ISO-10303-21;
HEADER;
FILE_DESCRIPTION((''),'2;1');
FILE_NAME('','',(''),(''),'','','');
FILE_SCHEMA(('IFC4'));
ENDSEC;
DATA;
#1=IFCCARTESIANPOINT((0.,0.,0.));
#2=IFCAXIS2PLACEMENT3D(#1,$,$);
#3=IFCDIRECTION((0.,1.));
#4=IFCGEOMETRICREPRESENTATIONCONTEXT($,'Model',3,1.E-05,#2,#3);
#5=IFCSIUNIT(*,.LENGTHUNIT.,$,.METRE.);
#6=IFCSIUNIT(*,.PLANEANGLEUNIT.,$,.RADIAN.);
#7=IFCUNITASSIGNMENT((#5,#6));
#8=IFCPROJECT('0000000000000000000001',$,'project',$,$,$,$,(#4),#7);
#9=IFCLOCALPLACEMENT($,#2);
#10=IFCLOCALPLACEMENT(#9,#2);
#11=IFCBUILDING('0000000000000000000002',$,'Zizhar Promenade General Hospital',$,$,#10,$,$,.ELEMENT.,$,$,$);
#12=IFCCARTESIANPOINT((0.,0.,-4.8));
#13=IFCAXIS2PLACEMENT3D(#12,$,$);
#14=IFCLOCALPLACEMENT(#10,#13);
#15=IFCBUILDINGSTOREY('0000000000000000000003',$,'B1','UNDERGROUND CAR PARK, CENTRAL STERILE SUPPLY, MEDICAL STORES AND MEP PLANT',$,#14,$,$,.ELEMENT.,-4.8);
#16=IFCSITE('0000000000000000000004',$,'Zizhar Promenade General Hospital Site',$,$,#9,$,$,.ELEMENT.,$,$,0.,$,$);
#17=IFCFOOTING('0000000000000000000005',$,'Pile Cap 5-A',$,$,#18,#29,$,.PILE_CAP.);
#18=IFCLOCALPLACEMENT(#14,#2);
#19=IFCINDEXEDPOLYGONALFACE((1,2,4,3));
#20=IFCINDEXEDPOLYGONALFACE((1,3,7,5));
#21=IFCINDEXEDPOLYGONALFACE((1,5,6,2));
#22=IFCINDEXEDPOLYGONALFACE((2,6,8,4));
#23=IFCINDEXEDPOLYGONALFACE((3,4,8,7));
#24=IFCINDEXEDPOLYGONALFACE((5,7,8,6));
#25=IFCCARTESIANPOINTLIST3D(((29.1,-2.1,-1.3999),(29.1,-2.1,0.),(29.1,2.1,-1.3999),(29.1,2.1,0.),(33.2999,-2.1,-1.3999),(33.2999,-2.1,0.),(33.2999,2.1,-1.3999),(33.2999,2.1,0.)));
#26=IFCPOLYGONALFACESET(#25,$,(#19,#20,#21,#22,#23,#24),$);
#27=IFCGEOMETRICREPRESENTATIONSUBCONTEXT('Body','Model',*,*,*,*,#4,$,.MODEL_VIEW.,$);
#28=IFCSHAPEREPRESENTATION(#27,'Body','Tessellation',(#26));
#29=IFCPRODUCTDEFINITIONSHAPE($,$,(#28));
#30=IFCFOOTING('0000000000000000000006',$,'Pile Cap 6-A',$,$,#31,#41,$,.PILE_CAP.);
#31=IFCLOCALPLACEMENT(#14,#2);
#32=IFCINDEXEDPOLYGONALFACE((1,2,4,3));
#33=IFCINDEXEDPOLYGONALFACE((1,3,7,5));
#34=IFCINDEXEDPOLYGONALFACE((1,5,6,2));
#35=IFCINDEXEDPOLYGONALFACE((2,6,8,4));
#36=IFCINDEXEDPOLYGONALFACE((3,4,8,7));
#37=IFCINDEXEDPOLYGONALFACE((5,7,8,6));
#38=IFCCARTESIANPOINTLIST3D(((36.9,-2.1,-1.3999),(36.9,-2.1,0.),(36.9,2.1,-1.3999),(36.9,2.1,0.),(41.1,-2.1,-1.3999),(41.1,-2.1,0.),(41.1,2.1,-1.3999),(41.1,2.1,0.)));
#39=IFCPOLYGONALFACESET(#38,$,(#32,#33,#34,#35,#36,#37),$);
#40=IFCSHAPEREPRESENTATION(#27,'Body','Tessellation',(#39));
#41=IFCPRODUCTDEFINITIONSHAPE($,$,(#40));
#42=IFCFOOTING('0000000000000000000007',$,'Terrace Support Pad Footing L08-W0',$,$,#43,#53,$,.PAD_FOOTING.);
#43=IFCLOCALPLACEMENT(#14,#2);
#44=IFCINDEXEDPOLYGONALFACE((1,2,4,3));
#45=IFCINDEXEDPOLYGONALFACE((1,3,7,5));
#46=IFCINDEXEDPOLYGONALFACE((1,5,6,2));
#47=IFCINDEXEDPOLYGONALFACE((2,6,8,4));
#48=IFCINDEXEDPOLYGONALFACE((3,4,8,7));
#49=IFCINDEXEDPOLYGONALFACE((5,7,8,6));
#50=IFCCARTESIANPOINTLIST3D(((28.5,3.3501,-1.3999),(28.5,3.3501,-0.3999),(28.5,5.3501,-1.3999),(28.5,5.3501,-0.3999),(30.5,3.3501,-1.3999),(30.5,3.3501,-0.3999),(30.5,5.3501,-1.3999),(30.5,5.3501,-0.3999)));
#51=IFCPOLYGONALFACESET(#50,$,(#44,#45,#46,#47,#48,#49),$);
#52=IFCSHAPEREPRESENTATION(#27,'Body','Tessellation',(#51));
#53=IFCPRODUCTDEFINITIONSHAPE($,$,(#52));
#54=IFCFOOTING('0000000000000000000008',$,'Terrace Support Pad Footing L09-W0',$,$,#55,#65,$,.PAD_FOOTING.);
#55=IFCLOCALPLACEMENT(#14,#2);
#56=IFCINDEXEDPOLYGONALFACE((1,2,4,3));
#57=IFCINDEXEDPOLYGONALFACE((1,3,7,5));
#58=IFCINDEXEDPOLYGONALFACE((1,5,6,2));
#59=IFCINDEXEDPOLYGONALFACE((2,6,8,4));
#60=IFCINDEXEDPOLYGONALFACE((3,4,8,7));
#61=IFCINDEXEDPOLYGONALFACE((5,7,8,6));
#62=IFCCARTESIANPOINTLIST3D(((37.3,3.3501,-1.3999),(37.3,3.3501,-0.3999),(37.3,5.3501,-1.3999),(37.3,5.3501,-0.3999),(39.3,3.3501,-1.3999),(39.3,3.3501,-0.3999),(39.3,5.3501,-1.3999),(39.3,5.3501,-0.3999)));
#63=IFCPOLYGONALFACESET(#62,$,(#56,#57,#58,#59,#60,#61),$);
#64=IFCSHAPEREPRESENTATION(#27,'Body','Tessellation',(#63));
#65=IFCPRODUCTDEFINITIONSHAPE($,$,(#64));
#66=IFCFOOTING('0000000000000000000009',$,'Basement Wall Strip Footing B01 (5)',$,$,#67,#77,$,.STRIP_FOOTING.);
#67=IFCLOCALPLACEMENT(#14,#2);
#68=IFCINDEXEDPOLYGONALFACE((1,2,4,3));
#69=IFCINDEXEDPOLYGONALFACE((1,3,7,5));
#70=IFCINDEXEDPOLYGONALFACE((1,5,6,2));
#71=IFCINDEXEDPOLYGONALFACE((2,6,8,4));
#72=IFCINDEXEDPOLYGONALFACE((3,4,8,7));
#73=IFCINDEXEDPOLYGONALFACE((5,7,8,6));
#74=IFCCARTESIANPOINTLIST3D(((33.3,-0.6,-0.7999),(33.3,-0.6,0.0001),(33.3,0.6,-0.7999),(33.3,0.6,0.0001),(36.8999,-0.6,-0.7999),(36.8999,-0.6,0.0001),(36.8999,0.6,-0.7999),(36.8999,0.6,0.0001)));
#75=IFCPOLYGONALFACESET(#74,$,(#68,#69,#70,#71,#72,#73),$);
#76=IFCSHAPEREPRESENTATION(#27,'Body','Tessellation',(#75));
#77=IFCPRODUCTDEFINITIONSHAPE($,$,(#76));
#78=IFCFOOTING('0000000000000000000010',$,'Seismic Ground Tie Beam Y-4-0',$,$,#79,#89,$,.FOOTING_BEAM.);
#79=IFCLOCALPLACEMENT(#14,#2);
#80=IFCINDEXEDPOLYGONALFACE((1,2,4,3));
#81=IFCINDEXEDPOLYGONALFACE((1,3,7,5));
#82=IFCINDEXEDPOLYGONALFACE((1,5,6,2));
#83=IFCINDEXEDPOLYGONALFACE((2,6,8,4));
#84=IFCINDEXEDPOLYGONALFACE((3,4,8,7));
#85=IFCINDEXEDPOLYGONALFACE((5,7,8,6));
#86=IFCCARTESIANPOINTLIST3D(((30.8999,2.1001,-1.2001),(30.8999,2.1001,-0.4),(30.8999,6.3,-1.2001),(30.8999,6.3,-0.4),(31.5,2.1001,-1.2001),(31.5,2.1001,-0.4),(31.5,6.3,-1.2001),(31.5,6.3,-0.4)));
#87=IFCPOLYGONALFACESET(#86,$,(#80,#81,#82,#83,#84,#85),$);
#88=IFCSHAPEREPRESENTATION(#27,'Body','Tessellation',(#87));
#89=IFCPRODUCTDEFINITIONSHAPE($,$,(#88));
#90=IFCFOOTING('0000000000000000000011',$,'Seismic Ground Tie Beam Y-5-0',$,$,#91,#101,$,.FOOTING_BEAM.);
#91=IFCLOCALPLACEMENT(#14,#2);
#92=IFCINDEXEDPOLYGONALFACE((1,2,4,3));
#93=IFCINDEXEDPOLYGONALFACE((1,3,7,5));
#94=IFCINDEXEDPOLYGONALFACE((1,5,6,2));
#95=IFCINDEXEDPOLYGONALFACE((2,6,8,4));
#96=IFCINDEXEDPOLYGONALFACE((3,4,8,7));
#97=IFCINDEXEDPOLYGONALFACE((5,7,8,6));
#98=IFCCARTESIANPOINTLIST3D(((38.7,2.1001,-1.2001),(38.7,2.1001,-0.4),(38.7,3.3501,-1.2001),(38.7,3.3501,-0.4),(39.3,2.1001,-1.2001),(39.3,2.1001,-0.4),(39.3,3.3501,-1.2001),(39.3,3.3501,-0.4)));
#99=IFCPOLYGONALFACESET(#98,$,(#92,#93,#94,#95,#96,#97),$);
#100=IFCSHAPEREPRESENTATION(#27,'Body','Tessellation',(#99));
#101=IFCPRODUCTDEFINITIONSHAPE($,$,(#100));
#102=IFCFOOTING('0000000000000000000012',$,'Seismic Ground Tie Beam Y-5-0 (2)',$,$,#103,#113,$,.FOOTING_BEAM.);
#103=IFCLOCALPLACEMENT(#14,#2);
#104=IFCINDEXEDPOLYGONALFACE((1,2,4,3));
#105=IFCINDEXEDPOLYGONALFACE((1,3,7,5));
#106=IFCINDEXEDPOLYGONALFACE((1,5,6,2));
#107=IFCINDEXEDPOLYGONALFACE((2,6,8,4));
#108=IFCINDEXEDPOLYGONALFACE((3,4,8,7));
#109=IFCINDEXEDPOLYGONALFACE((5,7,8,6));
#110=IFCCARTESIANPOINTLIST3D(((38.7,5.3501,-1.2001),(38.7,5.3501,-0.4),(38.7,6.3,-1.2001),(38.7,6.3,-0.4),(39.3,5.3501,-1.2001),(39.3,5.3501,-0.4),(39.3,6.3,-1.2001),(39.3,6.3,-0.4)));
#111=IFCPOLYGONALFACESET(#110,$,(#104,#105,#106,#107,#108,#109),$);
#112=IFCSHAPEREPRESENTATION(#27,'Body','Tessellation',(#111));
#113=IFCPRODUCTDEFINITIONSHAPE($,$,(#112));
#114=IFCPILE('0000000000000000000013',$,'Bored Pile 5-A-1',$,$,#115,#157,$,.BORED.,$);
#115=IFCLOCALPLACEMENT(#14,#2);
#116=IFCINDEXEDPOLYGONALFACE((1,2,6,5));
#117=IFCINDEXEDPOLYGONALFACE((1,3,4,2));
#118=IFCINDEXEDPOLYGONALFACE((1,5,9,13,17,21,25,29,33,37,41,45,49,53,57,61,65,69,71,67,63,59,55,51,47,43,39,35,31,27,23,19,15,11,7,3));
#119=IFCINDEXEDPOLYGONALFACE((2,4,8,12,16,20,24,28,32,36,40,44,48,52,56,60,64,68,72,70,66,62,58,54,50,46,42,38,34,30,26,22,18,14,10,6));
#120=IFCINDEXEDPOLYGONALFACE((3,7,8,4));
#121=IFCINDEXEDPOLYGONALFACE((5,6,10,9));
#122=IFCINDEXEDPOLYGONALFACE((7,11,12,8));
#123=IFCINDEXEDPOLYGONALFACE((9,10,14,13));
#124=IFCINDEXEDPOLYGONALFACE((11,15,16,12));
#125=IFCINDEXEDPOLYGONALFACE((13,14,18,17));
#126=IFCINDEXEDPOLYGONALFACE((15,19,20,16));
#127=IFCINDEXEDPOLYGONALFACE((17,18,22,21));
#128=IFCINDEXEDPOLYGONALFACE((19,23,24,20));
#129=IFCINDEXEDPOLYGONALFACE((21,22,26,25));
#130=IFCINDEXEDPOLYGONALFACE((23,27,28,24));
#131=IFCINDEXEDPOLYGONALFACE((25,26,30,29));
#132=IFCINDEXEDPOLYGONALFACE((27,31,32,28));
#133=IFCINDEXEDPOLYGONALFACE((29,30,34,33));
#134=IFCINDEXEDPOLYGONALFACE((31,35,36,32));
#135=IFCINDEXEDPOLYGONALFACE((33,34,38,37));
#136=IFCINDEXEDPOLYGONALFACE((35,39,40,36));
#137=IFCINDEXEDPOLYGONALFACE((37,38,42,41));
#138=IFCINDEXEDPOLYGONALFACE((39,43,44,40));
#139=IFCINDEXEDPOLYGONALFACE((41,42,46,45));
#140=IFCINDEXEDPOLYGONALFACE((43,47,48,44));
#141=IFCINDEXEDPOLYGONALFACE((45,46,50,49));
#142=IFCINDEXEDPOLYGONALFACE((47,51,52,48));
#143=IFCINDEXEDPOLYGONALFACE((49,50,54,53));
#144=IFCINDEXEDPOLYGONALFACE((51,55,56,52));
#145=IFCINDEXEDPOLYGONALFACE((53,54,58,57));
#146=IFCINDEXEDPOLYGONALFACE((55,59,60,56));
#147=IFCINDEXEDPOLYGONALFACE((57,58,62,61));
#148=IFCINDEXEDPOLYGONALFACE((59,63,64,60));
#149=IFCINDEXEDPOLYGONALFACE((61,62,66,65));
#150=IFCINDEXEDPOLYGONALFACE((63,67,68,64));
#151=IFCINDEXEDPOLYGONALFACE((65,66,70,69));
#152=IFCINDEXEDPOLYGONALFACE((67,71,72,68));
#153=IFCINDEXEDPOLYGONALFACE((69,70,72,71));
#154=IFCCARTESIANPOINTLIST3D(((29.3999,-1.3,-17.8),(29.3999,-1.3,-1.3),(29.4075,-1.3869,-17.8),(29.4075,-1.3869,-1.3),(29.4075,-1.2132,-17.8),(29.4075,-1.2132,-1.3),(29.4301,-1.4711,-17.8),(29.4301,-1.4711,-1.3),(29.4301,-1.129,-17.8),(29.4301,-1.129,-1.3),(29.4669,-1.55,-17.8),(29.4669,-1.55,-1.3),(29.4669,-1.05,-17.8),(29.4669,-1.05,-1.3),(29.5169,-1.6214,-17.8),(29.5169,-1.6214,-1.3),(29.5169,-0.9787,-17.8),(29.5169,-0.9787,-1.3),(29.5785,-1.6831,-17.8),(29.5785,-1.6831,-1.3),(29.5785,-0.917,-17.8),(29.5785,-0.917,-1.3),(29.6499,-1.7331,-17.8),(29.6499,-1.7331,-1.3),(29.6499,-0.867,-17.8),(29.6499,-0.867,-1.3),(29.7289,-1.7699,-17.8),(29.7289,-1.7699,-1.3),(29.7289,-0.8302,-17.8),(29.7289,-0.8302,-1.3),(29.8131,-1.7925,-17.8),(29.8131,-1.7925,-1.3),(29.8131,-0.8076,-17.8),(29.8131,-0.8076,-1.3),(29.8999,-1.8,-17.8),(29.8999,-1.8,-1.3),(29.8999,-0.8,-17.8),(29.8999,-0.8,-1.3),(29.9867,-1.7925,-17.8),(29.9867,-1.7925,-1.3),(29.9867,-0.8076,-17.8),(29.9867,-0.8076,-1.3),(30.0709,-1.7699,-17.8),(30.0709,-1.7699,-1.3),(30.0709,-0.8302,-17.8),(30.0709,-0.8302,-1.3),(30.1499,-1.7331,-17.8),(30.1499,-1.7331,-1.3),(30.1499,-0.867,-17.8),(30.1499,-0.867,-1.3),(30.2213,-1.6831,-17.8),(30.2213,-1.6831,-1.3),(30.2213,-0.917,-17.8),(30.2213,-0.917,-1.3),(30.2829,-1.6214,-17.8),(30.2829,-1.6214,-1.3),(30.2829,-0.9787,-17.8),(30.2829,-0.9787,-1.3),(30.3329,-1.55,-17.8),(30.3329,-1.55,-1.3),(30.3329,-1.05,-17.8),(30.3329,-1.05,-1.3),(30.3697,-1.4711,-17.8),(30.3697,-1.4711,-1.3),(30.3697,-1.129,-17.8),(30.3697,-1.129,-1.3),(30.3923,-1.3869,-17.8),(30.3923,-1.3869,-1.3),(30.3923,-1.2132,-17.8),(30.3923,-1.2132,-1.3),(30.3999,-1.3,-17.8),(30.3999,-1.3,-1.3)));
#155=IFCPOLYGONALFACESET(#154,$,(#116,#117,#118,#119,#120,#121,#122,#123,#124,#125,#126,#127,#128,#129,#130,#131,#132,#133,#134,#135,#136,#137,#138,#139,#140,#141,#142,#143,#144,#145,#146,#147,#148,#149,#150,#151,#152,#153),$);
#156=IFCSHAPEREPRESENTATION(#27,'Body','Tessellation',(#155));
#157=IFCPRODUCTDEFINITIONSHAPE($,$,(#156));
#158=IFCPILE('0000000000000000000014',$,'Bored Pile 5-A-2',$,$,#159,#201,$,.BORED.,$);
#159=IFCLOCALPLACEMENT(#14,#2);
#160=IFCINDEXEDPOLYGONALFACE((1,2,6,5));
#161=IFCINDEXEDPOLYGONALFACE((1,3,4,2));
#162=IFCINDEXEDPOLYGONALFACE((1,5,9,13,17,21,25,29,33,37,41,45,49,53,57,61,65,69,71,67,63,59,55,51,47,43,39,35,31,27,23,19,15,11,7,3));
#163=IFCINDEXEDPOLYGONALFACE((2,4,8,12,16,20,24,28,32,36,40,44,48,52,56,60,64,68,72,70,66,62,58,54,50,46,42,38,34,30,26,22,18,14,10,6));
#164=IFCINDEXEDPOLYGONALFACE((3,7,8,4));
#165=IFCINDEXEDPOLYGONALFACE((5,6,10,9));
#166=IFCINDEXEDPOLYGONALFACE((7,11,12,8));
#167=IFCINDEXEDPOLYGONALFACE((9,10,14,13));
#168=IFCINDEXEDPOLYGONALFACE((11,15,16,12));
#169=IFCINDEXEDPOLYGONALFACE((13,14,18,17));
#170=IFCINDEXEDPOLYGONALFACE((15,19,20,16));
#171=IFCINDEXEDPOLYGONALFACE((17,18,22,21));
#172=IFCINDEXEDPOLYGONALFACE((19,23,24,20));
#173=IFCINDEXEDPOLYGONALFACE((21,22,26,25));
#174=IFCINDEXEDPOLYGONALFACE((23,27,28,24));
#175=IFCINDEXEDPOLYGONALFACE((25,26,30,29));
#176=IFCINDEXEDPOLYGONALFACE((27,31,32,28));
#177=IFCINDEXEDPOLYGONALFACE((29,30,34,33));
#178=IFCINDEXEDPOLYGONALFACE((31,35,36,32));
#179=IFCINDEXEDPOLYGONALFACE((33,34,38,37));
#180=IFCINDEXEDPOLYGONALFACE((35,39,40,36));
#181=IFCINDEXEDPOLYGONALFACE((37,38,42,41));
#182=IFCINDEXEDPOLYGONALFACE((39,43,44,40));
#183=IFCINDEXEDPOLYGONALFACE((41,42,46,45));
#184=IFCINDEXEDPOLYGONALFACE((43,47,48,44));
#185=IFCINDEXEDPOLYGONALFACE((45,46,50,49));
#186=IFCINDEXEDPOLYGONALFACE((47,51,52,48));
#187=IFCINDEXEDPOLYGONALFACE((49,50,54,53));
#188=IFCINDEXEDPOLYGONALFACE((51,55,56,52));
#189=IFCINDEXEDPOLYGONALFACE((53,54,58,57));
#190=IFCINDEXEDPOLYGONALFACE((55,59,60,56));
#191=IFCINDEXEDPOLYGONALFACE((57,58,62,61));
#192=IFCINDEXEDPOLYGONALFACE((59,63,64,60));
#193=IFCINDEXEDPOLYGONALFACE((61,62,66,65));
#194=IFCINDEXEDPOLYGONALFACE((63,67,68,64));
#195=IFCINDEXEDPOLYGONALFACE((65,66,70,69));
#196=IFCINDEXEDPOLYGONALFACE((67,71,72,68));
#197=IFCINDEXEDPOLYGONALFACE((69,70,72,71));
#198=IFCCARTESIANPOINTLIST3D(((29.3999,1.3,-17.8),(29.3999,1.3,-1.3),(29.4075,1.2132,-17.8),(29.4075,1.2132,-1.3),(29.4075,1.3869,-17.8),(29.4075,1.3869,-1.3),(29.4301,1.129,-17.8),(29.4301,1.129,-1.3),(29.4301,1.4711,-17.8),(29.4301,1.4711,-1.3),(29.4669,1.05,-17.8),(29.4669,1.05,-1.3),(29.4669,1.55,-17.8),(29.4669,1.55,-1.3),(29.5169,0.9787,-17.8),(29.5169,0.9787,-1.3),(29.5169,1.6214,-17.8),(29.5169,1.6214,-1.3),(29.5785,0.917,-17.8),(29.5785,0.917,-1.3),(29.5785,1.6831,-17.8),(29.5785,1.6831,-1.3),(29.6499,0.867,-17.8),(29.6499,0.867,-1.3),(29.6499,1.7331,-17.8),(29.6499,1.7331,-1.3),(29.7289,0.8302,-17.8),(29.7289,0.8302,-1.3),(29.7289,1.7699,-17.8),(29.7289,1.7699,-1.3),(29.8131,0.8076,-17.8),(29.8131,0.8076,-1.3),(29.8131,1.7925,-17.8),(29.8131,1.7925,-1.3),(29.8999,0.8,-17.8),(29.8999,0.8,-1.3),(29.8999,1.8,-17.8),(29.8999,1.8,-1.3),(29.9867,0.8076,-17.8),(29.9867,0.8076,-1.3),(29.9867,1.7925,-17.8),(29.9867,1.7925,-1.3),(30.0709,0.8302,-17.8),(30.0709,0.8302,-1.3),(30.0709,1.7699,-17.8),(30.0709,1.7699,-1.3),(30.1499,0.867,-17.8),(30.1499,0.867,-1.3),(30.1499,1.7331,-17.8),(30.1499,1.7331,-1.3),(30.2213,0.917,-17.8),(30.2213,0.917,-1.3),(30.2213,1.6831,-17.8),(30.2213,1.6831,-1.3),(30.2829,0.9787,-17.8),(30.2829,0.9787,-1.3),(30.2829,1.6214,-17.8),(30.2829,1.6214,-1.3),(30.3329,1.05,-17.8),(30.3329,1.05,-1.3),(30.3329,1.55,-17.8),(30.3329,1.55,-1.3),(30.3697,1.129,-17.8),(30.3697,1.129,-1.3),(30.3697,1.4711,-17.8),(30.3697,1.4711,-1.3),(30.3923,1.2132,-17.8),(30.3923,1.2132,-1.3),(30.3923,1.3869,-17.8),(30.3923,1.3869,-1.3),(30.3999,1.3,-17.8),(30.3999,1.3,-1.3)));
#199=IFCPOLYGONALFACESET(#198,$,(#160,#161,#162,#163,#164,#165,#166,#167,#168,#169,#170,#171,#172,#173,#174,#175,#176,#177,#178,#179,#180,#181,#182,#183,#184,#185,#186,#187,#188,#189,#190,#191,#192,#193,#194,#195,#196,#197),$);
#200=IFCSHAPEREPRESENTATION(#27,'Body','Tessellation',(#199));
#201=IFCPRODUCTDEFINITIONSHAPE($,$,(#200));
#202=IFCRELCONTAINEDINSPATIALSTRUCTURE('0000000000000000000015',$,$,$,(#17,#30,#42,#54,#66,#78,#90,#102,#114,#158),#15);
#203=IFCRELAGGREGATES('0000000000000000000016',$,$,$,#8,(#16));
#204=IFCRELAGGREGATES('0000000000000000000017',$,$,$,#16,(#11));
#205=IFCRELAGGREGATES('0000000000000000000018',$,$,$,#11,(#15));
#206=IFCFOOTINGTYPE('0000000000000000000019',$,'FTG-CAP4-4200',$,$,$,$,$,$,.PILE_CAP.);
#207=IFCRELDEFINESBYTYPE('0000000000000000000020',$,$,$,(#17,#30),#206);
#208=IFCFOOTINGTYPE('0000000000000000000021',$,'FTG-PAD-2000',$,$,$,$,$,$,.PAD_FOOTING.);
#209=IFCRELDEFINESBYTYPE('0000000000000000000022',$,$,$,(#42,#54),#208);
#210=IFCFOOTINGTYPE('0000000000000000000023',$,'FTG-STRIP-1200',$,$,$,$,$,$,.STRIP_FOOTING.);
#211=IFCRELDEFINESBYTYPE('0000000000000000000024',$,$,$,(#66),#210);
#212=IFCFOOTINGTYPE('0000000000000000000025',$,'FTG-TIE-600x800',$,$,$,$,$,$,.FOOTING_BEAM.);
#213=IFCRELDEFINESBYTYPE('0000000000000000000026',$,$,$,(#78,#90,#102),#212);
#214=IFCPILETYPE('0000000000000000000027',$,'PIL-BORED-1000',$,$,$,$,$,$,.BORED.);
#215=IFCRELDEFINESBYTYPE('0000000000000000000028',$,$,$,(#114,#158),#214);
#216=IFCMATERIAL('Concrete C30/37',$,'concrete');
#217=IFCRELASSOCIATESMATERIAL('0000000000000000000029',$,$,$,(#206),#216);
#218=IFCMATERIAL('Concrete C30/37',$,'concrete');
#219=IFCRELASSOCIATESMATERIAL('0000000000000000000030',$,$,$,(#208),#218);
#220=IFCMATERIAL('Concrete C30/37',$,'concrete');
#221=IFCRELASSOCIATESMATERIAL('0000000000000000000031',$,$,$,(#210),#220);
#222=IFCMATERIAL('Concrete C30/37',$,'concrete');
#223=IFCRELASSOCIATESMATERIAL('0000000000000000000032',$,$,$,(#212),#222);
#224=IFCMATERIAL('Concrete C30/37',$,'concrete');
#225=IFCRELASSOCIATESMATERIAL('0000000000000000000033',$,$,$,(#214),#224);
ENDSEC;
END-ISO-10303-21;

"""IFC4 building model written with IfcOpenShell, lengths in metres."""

from ifc_helpers import new_model, si_unit, direction, frame, origin, origin_2d, place, context, subcontext, project, spatial, rectangle, circle, extrude, material, material_profile, profile_set, type_object, element, save


model = new_model("IFC4")

# Units and contexts
model_context = context("Model", 3, precision=1e-05, world=origin(), true_north=direction((0.0, 1.0)))
body_context = subcontext(model_context, "Body", "Model", "MODEL_VIEW")
ifc_project = project(units=[si_unit("LENGTHUNIT", "METRE"), si_unit("PLANEANGLEUNIT", "RADIAN")], contexts=[model_context])

# Site, building, storey
site_placement = place(None, origin())
site = spatial("IfcSite", under=ifc_project, at=site_placement, Name="Zizhar Promenade General Hospital Site", CompositionType="ELEMENT", RefElevation=0.0)
building_placement = place(site_placement, origin())
building = spatial("IfcBuilding", under=site, at=building_placement, Name="Zizhar Promenade General Hospital", CompositionType="ELEMENT")
storey_placement = place(building_placement, frame((0.0, 0.0, -4.8)))
storey = spatial("IfcBuildingStorey", under=building, at=storey_placement, Name="B1", Description="UNDERGROUND CAR PARK, CENTRAL STERILE SUPPLY, MEDICAL STORES AND MEP PLANT", CompositionType="ELEMENT", Elevation=-4.8)

# Footings
ifc_material_1 = material(Name="Concrete C30/37", Category="concrete")
footing_type_1 = type_object("IfcFootingType", Name="FTG-CAP4-4200", PredefinedType="PILE_CAP", material=ifc_material_1)
for number, where, z_axis, x_axis, name in (
    (1, (31.2, 0.0, -1.3999), (0.0, 0.0, 1.0), (1.0, 0.0, 0.0), "Pile Cap 5-A"),
    (2, (39.0, 0.0, -1.3999), (0.0, 0.0, 1.0), (1.0, 0.0, 0.0), "Pile Cap 6-A"),
):
    element("IfcFooting", number, at=place(storey_placement, frame(where, z_axis=z_axis, x_axis=x_axis)), inside=storey, type_object=footing_type_1, Name=name, PredefinedType="PILE_CAP", context=body_context, shape_type="SweptSolid", body=[
        extrude(rectangle(XDim=4.2, YDim=4.2, at=origin_2d()), origin(), (0.0, 0.0, 1.0), 1.3999),
    ])
ifc_material_2 = material(Name="Concrete C30/37", Category="concrete")
footing_type_2 = type_object("IfcFootingType", Name="FTG-PAD-2000", PredefinedType="PAD_FOOTING", material=ifc_material_2)
for number, where, z_axis, x_axis, name in (
    (3, (29.5, 4.3501, -1.3999), (0.0, 0.0, 1.0), (1.0, 0.0, 0.0), "Terrace Support Pad Footing L08-W0"),
    (4, (38.3, 4.3501, -1.3999), (0.0, 0.0, 1.0), (1.0, 0.0, 0.0), "Terrace Support Pad Footing L09-W0"),
):
    element("IfcFooting", number, at=place(storey_placement, frame(where, z_axis=z_axis, x_axis=x_axis)), inside=storey, type_object=footing_type_2, Name=name, PredefinedType="PAD_FOOTING", context=body_context, shape_type="SweptSolid", body=[
        extrude(rectangle(XDim=2.0, YDim=2.0, at=origin_2d()), origin(), (0.0, 0.0, 1.0), 1.0),
    ])
ifc_material_3 = material(Name="Concrete C30/37", Category="concrete")
ifc_material_profile_1 = material_profile(ifc_material_3, rectangle(XDim=1.2, YDim=0.8, at=origin_2d()))
ifc_profile_set_1 = profile_set([ifc_material_profile_1], Name="Concrete C30/37")
footing_type_3 = type_object("IfcFootingType", Name="FTG-STRIP-1200", PredefinedType="STRIP_FOOTING", material=ifc_profile_set_1)
footing_1_placement = place(storey_placement, frame((33.3, 0.0, -0.3999), z_axis=(1.0, 0.0, 0.0), x_axis=(0.0, 1.0, 0.0)))
element("IfcFooting", 5, at=footing_1_placement, inside=storey, type_object=footing_type_3, Name="Basement Wall Strip Footing B01 (5)", PredefinedType="STRIP_FOOTING", context=body_context, shape_type="SweptSolid", body=[
    extrude(rectangle(XDim=1.2, YDim=0.8, at=origin_2d()), origin(), (0.0, 0.0, 1.0), 3.5999),
])
ifc_material_4 = material(Name="Concrete C30/37", Category="concrete")
ifc_material_profile_2 = material_profile(ifc_material_4, rectangle(XDim=0.6001, YDim=0.8, at=origin_2d()))
ifc_profile_set_2 = profile_set([ifc_material_profile_2], Name="Concrete C30/37")
footing_type_4 = type_object("IfcFootingType", Name="FTG-TIE-600x800", PredefinedType="FOOTING_BEAM", material=ifc_profile_set_2)
footing_2_placement = place(storey_placement, frame((31.2, 2.1001, -0.8), z_axis=(0.0, 1.0, 0.0), x_axis=(-1.0, 0.0, 0.0)))
element("IfcFooting", 6, at=footing_2_placement, inside=storey, type_object=footing_type_4, Name="Seismic Ground Tie Beam Y-4-0", PredefinedType="FOOTING_BEAM", context=body_context, shape_type="SweptSolid", body=[
    extrude(rectangle(XDim=0.6001, YDim=0.8, at=origin_2d()), origin(), (0.0, 0.0, 1.0), 4.2),
])
footing_3_placement = place(storey_placement, frame((39.0, 2.1001, -0.8), z_axis=(0.0, 1.0, 0.0), x_axis=(-1.0, 0.0, 0.0)))
element("IfcFooting", 7, at=footing_3_placement, inside=storey, type_object=footing_type_4, Name="Seismic Ground Tie Beam Y-5-0", PredefinedType="FOOTING_BEAM", context=body_context, shape_type="SweptSolid", body=[
    extrude(rectangle(XDim=0.6001, YDim=0.8, at=origin_2d()), origin(), (0.0, 0.0, 1.0), 1.25),
])
footing_4_placement = place(storey_placement, frame((39.0, 5.3501, -0.8), z_axis=(0.0, 1.0, 0.0), x_axis=(-1.0, 0.0, 0.0)))
element("IfcFooting", 8, at=footing_4_placement, inside=storey, type_object=footing_type_4, Name="Seismic Ground Tie Beam Y-5-0 (2)", PredefinedType="FOOTING_BEAM", context=body_context, shape_type="SweptSolid", body=[
    extrude(rectangle(XDim=0.6001, YDim=0.8, at=origin_2d()), origin(), (0.0, 0.0, 1.0), 0.95),
])

# Piles
ifc_material_5 = material(Name="Concrete C30/37", Category="concrete")
ifc_material_profile_3 = material_profile(ifc_material_5, circle(Radius=0.5, at=origin_2d()))
ifc_profile_set_3 = profile_set([ifc_material_profile_3], Name="Concrete C30/37")
pile_type = type_object("IfcPileType", Name="PIL-BORED-1000", PredefinedType="BORED", material=ifc_profile_set_3)
for number, where, z_axis, x_axis, name in (
    (9, (29.8999, -1.3, -1.3), (0.0, 0.0, -1.0), (1.0, 0.0, 0.0), "Bored Pile 5-A-1"),
    (10, (29.8999, 1.3, -1.3), (0.0, 0.0, -1.0), (1.0, 0.0, 0.0), "Bored Pile 5-A-2"),
):
    element("IfcPile", number, at=place(storey_placement, frame(where, z_axis=z_axis, x_axis=x_axis)), inside=storey, type_object=pile_type, Name=name, PredefinedType="BORED", context=body_context, shape_type="SweptSolid", body=[
        extrude(circle(Radius=0.5, at=origin_2d()), origin(), (0.0, 0.0, 1.0), 16.5),
    ])

save(model, "model.ifc")
